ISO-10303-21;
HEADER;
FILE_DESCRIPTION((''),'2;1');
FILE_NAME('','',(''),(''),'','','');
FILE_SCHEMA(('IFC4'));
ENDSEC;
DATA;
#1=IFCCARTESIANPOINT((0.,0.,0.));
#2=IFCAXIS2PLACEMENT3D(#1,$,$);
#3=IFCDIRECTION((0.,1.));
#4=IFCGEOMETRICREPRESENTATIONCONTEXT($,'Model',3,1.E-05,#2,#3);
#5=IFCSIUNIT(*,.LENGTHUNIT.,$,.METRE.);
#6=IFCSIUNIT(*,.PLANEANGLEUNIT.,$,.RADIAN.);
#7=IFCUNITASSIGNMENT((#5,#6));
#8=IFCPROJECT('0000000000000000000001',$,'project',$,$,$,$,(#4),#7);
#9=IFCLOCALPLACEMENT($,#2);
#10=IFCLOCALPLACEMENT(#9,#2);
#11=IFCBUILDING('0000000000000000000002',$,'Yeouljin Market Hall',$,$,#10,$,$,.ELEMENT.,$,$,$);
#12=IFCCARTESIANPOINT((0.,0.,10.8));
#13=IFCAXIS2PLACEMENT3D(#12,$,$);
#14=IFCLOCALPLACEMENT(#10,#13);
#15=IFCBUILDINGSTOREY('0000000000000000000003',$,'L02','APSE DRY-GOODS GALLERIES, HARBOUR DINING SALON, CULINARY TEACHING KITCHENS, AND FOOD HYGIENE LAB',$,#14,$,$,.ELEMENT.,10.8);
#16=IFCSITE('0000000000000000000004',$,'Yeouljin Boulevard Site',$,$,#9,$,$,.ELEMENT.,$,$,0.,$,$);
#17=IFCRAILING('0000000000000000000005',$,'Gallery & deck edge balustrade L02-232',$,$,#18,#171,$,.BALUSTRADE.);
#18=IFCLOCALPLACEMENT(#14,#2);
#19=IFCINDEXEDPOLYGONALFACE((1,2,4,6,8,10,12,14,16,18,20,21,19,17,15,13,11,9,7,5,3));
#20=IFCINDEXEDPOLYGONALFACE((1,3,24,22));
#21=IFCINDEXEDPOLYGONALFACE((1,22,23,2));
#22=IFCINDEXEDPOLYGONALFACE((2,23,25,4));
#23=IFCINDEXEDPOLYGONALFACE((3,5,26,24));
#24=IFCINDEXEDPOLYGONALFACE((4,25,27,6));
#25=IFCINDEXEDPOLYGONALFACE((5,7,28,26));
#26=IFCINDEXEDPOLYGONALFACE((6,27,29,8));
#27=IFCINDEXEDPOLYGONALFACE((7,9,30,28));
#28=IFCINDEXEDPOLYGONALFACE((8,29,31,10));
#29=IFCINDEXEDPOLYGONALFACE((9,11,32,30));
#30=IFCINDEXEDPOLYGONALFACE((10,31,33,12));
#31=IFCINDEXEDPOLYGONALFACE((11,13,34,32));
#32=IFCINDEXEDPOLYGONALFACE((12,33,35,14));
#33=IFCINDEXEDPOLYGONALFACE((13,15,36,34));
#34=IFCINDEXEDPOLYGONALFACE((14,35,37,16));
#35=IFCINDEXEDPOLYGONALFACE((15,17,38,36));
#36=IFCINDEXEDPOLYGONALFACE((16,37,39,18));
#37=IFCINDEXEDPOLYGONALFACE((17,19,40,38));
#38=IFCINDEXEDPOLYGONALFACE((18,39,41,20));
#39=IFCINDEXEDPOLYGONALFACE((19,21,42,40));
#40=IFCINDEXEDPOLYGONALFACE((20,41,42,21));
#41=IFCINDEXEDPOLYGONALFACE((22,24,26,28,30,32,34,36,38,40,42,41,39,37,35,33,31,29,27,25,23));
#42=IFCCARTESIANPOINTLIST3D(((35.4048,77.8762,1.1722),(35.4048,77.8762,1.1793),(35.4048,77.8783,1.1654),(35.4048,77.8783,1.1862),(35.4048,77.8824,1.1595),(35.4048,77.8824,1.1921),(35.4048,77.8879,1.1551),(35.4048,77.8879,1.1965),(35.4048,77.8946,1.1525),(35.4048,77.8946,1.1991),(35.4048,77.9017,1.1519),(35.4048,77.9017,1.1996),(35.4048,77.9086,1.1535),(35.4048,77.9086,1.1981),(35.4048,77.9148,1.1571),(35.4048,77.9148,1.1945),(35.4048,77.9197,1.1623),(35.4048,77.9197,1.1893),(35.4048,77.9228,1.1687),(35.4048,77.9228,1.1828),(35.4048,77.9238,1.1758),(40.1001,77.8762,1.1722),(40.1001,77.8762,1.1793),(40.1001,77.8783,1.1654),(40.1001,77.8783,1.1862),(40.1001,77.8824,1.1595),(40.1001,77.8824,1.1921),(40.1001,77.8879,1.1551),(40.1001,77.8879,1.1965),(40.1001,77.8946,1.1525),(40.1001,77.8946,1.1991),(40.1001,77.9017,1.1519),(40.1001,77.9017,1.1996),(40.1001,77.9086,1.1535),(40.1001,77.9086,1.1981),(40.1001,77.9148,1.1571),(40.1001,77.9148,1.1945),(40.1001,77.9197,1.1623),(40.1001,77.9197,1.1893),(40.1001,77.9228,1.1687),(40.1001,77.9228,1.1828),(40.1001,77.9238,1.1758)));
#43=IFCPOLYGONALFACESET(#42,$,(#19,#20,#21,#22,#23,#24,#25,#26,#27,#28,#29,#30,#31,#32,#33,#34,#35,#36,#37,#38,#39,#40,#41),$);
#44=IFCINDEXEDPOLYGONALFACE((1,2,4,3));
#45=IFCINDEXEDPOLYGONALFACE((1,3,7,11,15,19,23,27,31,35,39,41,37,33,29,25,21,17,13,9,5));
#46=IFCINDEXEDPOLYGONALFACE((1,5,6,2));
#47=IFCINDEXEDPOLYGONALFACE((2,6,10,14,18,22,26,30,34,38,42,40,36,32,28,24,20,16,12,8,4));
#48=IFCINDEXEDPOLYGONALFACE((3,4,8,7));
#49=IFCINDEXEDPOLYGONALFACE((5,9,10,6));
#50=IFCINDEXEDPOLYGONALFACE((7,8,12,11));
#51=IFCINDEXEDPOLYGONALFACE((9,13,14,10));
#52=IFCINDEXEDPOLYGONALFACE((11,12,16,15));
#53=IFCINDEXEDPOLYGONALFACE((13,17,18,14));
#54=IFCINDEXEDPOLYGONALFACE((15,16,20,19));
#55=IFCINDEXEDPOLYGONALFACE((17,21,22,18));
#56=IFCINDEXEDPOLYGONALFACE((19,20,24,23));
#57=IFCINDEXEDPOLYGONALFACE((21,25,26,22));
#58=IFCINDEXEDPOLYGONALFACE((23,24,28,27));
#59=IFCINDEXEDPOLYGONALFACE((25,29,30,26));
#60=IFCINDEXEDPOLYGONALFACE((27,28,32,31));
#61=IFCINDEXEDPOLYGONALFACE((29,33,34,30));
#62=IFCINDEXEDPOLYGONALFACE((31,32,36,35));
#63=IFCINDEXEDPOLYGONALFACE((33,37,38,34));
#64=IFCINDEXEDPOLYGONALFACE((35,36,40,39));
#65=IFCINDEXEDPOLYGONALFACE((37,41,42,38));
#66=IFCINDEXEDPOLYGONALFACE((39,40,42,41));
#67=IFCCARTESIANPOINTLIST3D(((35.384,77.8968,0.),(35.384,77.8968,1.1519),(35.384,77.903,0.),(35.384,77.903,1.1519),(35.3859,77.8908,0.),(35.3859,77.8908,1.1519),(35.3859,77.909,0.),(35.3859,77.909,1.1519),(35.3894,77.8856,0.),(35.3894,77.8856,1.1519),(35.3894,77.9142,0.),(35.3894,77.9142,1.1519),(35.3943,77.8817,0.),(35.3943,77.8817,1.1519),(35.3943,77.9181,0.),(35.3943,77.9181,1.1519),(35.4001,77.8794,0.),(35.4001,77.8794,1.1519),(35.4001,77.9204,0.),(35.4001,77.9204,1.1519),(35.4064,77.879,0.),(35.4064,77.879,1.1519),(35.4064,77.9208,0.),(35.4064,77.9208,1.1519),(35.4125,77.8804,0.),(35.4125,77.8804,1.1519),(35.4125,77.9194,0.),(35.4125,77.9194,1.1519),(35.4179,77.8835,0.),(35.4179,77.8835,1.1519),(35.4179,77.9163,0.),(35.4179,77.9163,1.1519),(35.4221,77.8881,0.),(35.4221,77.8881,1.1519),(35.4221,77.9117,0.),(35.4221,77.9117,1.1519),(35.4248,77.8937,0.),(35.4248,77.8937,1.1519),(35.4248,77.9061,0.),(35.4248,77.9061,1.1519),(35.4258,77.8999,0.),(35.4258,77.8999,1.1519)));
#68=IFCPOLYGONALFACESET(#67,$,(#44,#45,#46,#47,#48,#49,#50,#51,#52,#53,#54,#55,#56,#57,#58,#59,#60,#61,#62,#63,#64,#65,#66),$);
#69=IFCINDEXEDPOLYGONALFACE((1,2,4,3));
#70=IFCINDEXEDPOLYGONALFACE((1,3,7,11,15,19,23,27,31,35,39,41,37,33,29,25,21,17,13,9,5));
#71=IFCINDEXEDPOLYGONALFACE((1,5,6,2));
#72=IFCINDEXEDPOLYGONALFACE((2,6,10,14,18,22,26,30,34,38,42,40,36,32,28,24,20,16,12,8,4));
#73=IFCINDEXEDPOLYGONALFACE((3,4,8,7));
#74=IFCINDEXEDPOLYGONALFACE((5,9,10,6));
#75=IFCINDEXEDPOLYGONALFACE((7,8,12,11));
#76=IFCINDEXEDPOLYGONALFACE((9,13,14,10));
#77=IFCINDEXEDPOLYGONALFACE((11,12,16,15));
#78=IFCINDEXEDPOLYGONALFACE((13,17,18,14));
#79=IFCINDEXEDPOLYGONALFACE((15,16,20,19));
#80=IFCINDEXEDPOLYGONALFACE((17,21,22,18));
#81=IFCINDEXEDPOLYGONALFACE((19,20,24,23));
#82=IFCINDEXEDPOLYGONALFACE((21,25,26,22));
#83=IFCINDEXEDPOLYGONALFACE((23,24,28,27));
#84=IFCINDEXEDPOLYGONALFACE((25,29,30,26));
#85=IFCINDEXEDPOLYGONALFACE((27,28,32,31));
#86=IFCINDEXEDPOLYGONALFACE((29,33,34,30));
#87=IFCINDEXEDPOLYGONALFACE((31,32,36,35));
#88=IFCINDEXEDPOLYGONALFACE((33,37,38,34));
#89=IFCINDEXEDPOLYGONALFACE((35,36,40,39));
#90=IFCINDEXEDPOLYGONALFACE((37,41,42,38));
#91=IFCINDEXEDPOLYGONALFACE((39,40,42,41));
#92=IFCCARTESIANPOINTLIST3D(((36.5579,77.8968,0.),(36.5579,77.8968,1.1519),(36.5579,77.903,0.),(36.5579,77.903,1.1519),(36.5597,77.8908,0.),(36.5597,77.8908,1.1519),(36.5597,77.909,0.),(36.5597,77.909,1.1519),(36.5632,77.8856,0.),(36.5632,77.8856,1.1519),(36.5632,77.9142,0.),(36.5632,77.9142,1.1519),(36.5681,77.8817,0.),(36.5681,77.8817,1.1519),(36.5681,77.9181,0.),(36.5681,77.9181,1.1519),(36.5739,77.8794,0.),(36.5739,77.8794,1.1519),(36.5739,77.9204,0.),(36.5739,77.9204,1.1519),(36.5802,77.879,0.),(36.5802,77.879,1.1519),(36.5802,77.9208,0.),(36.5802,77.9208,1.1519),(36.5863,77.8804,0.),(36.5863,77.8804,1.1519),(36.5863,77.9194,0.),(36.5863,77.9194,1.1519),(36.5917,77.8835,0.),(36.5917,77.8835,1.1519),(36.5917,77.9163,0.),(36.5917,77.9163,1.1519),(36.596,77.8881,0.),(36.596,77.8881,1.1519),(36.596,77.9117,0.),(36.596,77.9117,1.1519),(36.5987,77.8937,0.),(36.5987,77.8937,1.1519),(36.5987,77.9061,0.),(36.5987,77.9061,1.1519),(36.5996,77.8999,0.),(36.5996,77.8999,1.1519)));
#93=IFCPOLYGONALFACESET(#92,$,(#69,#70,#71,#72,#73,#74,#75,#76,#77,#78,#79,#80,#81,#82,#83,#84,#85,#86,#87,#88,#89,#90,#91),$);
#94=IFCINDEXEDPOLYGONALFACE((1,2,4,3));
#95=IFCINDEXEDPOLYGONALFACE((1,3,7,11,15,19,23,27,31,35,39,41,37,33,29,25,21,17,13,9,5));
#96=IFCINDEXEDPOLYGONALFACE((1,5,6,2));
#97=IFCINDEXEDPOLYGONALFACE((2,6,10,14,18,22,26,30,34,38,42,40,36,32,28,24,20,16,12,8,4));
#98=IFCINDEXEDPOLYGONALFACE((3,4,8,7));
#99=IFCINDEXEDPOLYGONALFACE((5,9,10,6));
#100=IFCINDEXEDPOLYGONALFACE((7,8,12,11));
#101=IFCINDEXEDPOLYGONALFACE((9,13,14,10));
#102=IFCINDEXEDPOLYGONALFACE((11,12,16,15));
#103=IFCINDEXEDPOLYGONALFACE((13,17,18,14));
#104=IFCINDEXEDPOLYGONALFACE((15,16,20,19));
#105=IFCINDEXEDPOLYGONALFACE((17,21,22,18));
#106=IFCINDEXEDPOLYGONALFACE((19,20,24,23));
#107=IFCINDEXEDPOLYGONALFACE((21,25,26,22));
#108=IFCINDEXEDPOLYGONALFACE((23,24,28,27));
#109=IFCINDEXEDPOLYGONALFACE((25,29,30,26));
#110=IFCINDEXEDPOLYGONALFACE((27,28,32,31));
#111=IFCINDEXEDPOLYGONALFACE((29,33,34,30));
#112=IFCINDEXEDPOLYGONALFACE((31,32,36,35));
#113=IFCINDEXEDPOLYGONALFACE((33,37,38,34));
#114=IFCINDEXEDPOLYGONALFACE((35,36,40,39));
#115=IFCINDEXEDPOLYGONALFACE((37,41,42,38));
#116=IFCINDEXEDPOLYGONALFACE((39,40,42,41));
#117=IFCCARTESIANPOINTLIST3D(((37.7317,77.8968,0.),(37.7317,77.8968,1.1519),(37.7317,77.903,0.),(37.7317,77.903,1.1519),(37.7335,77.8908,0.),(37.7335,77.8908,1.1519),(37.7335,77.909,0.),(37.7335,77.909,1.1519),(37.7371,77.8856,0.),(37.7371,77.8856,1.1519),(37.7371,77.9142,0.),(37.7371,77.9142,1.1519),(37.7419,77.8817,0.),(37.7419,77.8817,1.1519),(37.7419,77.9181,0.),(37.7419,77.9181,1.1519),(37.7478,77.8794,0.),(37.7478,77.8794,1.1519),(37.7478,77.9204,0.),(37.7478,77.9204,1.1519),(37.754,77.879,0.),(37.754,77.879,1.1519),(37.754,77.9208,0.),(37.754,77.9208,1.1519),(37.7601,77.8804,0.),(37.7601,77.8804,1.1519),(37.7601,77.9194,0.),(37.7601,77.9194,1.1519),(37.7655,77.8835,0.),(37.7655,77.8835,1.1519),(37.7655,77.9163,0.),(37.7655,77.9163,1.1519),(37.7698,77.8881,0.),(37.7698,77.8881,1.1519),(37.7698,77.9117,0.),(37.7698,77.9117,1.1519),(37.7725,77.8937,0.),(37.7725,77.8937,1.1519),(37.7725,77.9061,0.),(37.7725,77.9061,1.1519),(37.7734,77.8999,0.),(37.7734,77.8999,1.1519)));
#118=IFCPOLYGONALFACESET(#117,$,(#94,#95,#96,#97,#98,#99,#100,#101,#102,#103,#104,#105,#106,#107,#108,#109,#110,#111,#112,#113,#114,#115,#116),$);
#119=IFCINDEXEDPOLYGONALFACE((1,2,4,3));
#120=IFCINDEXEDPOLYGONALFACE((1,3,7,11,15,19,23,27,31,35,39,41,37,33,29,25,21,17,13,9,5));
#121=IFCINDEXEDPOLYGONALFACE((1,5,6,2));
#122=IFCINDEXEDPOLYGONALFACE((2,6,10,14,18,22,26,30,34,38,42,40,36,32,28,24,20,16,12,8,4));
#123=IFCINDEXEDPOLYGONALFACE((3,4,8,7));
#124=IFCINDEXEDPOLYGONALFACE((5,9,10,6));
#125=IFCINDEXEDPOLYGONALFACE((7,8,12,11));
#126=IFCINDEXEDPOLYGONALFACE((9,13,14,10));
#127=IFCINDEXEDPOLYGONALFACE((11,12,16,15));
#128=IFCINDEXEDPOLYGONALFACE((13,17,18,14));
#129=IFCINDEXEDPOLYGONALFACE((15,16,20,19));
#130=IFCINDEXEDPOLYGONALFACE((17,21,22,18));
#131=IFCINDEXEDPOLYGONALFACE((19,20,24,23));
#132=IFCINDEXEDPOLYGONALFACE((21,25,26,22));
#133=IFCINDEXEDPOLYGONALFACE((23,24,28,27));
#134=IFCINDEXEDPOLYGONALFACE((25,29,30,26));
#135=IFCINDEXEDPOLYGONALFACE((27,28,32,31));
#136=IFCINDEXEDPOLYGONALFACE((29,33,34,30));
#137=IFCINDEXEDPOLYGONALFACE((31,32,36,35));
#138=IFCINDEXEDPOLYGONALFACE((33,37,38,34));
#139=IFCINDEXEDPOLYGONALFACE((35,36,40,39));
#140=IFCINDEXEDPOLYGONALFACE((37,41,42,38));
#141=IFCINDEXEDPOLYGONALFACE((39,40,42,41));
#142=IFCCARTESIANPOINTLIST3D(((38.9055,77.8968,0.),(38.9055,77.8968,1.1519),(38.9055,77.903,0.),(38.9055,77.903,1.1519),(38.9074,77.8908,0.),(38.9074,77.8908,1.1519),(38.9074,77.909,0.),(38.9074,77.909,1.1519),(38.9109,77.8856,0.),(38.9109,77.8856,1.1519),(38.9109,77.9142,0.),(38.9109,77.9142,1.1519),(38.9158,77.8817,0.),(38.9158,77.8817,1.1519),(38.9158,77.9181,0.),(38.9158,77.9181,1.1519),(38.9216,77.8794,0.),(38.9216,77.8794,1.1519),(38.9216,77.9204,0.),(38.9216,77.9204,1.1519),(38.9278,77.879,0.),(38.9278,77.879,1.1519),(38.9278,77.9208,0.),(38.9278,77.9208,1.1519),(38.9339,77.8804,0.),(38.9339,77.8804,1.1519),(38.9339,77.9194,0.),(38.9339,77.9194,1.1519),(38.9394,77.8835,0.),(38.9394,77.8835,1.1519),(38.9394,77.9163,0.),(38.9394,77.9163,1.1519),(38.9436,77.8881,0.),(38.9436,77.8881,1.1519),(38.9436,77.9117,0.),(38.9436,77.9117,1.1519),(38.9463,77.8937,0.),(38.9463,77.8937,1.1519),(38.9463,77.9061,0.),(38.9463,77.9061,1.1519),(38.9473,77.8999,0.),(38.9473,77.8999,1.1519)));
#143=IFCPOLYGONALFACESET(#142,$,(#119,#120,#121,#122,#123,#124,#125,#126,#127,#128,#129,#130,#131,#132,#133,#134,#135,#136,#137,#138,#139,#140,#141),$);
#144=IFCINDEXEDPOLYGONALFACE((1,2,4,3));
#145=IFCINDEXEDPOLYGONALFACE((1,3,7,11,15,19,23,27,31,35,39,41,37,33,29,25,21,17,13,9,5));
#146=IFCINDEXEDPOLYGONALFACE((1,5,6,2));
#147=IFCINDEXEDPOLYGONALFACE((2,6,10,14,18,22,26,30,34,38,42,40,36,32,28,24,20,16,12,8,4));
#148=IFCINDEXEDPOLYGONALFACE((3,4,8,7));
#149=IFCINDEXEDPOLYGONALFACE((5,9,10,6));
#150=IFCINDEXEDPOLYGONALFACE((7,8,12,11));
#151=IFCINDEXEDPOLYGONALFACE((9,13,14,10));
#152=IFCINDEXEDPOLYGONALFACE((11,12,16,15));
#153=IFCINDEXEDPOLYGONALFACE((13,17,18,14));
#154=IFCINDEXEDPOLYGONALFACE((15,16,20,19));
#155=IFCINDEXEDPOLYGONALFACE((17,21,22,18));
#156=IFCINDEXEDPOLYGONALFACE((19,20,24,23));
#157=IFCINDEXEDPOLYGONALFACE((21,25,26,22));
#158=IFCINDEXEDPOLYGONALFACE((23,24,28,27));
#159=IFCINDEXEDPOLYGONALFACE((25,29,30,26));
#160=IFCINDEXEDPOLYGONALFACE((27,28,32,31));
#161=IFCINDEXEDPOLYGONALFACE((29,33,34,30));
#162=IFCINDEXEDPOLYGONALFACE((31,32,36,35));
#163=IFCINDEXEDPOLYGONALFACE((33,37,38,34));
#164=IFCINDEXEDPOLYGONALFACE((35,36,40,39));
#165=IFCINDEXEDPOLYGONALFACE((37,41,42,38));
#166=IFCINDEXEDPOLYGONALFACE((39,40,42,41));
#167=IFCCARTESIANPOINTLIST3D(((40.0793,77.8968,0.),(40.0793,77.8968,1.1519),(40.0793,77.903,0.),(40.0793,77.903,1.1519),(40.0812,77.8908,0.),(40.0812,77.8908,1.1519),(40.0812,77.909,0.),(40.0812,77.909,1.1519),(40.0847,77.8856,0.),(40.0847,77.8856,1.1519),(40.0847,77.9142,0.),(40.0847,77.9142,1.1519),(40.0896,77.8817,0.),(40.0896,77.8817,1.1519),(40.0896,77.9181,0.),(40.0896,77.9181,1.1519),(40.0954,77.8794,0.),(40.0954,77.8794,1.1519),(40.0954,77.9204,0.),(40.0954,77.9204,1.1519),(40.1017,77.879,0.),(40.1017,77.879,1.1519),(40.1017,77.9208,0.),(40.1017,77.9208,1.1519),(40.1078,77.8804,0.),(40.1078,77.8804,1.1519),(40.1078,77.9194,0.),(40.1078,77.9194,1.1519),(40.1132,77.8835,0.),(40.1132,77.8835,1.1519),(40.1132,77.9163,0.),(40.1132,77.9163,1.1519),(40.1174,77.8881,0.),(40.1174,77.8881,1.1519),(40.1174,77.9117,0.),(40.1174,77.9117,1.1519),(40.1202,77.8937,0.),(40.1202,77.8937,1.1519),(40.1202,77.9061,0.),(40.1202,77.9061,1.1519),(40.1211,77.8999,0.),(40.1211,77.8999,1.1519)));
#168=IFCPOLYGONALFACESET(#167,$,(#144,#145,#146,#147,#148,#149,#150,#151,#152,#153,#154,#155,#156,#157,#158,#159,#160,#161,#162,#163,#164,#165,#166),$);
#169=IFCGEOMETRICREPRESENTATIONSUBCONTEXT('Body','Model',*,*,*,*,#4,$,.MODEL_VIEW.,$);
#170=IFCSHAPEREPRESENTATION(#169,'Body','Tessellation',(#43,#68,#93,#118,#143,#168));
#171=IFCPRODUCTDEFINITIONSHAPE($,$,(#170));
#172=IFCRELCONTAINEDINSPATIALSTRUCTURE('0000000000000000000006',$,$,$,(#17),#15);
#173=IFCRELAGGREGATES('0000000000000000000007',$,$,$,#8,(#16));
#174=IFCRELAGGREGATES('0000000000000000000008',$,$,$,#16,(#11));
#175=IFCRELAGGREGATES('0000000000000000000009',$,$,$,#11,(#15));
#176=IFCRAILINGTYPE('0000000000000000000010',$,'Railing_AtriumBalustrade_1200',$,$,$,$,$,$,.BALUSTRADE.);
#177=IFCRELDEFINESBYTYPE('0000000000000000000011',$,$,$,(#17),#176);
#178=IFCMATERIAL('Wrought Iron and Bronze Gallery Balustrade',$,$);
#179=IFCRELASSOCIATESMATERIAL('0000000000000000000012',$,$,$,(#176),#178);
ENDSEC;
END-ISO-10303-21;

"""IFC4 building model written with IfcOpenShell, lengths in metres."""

from ifc_helpers import new_model, si_unit, direction, frame, origin, origin_2d, place, context, subcontext, project, spatial, circle, extrude, material, type_object, element, save


model = new_model("IFC4")

# Units and contexts
model_context = context("Model", 3, precision=1e-05, world=origin(), true_north=direction((0.0, 1.0)))
body_context = subcontext(model_context, "Body", "Model", "MODEL_VIEW")
ifc_project = project(units=[si_unit("LENGTHUNIT", "METRE"), si_unit("PLANEANGLEUNIT", "RADIAN")], contexts=[model_context])

# Site, building, storey
site_placement = place(None, origin())
site = spatial("IfcSite", under=ifc_project, at=site_placement, Name="Yeouljin Boulevard Site", CompositionType="ELEMENT", RefElevation=0.0)
building_placement = place(site_placement, origin())
building = spatial("IfcBuilding", under=site, at=building_placement, Name="Yeouljin Market Hall", CompositionType="ELEMENT")
storey_placement = place(building_placement, frame((0.0, 0.0, 10.8)))
storey = spatial("IfcBuildingStorey", under=building, at=storey_placement, Name="L02", Description="APSE DRY-GOODS GALLERIES, HARBOUR DINING SALON, CULINARY TEACHING KITCHENS, AND FOOD HYGIENE LAB", CompositionType="ELEMENT", Elevation=10.8)

# Railing
ifc_material_1 = material(Name="Wrought Iron and Bronze Gallery Balustrade")
railing_type = type_object("IfcRailingType", Name="Railing_AtriumBalustrade_1200", PredefinedType="BALUSTRADE", material=ifc_material_1)
railing_1_placement = place(storey_placement, frame((35.4048, 77.8999, 0.0)))
element("IfcRailing", 1, at=railing_1_placement, inside=storey, type_object=railing_type, Name="Gallery & deck edge balustrade L02-232", PredefinedType="BALUSTRADE", context=body_context, shape_type="SweptSolid", body=[
    extrude(circle(Radius=0.0239, at=origin_2d()), frame((0.0, 0.0, 1.1758), z_axis=(1.0, 0.0, 0.0), x_axis=(0.0, 1.0, 0.0)), (0.0, 0.0, 1.0), 4.6953),
    extrude(circle(Radius=0.021, at=origin_2d()), origin(), (0.0, 0.0, 1.0), 1.1519),
    extrude(circle(Radius=0.021, at=origin_2d()), frame((1.1738, 0.0, 0.0)), (0.0, 0.0, 1.0), 1.1519),
    extrude(circle(Radius=0.021, at=origin_2d()), frame((2.3477, 0.0, 0.0)), (0.0, 0.0, 1.0), 1.1519),
    extrude(circle(Radius=0.021, at=origin_2d()), frame((3.5215, 0.0, 0.0)), (0.0, 0.0, 1.0), 1.1519),
    extrude(circle(Radius=0.021, at=origin_2d()), frame((4.6953, 0.0, 0.0)), (0.0, 0.0, 1.0), 1.1519),
])

save(model, "model.ifc")
